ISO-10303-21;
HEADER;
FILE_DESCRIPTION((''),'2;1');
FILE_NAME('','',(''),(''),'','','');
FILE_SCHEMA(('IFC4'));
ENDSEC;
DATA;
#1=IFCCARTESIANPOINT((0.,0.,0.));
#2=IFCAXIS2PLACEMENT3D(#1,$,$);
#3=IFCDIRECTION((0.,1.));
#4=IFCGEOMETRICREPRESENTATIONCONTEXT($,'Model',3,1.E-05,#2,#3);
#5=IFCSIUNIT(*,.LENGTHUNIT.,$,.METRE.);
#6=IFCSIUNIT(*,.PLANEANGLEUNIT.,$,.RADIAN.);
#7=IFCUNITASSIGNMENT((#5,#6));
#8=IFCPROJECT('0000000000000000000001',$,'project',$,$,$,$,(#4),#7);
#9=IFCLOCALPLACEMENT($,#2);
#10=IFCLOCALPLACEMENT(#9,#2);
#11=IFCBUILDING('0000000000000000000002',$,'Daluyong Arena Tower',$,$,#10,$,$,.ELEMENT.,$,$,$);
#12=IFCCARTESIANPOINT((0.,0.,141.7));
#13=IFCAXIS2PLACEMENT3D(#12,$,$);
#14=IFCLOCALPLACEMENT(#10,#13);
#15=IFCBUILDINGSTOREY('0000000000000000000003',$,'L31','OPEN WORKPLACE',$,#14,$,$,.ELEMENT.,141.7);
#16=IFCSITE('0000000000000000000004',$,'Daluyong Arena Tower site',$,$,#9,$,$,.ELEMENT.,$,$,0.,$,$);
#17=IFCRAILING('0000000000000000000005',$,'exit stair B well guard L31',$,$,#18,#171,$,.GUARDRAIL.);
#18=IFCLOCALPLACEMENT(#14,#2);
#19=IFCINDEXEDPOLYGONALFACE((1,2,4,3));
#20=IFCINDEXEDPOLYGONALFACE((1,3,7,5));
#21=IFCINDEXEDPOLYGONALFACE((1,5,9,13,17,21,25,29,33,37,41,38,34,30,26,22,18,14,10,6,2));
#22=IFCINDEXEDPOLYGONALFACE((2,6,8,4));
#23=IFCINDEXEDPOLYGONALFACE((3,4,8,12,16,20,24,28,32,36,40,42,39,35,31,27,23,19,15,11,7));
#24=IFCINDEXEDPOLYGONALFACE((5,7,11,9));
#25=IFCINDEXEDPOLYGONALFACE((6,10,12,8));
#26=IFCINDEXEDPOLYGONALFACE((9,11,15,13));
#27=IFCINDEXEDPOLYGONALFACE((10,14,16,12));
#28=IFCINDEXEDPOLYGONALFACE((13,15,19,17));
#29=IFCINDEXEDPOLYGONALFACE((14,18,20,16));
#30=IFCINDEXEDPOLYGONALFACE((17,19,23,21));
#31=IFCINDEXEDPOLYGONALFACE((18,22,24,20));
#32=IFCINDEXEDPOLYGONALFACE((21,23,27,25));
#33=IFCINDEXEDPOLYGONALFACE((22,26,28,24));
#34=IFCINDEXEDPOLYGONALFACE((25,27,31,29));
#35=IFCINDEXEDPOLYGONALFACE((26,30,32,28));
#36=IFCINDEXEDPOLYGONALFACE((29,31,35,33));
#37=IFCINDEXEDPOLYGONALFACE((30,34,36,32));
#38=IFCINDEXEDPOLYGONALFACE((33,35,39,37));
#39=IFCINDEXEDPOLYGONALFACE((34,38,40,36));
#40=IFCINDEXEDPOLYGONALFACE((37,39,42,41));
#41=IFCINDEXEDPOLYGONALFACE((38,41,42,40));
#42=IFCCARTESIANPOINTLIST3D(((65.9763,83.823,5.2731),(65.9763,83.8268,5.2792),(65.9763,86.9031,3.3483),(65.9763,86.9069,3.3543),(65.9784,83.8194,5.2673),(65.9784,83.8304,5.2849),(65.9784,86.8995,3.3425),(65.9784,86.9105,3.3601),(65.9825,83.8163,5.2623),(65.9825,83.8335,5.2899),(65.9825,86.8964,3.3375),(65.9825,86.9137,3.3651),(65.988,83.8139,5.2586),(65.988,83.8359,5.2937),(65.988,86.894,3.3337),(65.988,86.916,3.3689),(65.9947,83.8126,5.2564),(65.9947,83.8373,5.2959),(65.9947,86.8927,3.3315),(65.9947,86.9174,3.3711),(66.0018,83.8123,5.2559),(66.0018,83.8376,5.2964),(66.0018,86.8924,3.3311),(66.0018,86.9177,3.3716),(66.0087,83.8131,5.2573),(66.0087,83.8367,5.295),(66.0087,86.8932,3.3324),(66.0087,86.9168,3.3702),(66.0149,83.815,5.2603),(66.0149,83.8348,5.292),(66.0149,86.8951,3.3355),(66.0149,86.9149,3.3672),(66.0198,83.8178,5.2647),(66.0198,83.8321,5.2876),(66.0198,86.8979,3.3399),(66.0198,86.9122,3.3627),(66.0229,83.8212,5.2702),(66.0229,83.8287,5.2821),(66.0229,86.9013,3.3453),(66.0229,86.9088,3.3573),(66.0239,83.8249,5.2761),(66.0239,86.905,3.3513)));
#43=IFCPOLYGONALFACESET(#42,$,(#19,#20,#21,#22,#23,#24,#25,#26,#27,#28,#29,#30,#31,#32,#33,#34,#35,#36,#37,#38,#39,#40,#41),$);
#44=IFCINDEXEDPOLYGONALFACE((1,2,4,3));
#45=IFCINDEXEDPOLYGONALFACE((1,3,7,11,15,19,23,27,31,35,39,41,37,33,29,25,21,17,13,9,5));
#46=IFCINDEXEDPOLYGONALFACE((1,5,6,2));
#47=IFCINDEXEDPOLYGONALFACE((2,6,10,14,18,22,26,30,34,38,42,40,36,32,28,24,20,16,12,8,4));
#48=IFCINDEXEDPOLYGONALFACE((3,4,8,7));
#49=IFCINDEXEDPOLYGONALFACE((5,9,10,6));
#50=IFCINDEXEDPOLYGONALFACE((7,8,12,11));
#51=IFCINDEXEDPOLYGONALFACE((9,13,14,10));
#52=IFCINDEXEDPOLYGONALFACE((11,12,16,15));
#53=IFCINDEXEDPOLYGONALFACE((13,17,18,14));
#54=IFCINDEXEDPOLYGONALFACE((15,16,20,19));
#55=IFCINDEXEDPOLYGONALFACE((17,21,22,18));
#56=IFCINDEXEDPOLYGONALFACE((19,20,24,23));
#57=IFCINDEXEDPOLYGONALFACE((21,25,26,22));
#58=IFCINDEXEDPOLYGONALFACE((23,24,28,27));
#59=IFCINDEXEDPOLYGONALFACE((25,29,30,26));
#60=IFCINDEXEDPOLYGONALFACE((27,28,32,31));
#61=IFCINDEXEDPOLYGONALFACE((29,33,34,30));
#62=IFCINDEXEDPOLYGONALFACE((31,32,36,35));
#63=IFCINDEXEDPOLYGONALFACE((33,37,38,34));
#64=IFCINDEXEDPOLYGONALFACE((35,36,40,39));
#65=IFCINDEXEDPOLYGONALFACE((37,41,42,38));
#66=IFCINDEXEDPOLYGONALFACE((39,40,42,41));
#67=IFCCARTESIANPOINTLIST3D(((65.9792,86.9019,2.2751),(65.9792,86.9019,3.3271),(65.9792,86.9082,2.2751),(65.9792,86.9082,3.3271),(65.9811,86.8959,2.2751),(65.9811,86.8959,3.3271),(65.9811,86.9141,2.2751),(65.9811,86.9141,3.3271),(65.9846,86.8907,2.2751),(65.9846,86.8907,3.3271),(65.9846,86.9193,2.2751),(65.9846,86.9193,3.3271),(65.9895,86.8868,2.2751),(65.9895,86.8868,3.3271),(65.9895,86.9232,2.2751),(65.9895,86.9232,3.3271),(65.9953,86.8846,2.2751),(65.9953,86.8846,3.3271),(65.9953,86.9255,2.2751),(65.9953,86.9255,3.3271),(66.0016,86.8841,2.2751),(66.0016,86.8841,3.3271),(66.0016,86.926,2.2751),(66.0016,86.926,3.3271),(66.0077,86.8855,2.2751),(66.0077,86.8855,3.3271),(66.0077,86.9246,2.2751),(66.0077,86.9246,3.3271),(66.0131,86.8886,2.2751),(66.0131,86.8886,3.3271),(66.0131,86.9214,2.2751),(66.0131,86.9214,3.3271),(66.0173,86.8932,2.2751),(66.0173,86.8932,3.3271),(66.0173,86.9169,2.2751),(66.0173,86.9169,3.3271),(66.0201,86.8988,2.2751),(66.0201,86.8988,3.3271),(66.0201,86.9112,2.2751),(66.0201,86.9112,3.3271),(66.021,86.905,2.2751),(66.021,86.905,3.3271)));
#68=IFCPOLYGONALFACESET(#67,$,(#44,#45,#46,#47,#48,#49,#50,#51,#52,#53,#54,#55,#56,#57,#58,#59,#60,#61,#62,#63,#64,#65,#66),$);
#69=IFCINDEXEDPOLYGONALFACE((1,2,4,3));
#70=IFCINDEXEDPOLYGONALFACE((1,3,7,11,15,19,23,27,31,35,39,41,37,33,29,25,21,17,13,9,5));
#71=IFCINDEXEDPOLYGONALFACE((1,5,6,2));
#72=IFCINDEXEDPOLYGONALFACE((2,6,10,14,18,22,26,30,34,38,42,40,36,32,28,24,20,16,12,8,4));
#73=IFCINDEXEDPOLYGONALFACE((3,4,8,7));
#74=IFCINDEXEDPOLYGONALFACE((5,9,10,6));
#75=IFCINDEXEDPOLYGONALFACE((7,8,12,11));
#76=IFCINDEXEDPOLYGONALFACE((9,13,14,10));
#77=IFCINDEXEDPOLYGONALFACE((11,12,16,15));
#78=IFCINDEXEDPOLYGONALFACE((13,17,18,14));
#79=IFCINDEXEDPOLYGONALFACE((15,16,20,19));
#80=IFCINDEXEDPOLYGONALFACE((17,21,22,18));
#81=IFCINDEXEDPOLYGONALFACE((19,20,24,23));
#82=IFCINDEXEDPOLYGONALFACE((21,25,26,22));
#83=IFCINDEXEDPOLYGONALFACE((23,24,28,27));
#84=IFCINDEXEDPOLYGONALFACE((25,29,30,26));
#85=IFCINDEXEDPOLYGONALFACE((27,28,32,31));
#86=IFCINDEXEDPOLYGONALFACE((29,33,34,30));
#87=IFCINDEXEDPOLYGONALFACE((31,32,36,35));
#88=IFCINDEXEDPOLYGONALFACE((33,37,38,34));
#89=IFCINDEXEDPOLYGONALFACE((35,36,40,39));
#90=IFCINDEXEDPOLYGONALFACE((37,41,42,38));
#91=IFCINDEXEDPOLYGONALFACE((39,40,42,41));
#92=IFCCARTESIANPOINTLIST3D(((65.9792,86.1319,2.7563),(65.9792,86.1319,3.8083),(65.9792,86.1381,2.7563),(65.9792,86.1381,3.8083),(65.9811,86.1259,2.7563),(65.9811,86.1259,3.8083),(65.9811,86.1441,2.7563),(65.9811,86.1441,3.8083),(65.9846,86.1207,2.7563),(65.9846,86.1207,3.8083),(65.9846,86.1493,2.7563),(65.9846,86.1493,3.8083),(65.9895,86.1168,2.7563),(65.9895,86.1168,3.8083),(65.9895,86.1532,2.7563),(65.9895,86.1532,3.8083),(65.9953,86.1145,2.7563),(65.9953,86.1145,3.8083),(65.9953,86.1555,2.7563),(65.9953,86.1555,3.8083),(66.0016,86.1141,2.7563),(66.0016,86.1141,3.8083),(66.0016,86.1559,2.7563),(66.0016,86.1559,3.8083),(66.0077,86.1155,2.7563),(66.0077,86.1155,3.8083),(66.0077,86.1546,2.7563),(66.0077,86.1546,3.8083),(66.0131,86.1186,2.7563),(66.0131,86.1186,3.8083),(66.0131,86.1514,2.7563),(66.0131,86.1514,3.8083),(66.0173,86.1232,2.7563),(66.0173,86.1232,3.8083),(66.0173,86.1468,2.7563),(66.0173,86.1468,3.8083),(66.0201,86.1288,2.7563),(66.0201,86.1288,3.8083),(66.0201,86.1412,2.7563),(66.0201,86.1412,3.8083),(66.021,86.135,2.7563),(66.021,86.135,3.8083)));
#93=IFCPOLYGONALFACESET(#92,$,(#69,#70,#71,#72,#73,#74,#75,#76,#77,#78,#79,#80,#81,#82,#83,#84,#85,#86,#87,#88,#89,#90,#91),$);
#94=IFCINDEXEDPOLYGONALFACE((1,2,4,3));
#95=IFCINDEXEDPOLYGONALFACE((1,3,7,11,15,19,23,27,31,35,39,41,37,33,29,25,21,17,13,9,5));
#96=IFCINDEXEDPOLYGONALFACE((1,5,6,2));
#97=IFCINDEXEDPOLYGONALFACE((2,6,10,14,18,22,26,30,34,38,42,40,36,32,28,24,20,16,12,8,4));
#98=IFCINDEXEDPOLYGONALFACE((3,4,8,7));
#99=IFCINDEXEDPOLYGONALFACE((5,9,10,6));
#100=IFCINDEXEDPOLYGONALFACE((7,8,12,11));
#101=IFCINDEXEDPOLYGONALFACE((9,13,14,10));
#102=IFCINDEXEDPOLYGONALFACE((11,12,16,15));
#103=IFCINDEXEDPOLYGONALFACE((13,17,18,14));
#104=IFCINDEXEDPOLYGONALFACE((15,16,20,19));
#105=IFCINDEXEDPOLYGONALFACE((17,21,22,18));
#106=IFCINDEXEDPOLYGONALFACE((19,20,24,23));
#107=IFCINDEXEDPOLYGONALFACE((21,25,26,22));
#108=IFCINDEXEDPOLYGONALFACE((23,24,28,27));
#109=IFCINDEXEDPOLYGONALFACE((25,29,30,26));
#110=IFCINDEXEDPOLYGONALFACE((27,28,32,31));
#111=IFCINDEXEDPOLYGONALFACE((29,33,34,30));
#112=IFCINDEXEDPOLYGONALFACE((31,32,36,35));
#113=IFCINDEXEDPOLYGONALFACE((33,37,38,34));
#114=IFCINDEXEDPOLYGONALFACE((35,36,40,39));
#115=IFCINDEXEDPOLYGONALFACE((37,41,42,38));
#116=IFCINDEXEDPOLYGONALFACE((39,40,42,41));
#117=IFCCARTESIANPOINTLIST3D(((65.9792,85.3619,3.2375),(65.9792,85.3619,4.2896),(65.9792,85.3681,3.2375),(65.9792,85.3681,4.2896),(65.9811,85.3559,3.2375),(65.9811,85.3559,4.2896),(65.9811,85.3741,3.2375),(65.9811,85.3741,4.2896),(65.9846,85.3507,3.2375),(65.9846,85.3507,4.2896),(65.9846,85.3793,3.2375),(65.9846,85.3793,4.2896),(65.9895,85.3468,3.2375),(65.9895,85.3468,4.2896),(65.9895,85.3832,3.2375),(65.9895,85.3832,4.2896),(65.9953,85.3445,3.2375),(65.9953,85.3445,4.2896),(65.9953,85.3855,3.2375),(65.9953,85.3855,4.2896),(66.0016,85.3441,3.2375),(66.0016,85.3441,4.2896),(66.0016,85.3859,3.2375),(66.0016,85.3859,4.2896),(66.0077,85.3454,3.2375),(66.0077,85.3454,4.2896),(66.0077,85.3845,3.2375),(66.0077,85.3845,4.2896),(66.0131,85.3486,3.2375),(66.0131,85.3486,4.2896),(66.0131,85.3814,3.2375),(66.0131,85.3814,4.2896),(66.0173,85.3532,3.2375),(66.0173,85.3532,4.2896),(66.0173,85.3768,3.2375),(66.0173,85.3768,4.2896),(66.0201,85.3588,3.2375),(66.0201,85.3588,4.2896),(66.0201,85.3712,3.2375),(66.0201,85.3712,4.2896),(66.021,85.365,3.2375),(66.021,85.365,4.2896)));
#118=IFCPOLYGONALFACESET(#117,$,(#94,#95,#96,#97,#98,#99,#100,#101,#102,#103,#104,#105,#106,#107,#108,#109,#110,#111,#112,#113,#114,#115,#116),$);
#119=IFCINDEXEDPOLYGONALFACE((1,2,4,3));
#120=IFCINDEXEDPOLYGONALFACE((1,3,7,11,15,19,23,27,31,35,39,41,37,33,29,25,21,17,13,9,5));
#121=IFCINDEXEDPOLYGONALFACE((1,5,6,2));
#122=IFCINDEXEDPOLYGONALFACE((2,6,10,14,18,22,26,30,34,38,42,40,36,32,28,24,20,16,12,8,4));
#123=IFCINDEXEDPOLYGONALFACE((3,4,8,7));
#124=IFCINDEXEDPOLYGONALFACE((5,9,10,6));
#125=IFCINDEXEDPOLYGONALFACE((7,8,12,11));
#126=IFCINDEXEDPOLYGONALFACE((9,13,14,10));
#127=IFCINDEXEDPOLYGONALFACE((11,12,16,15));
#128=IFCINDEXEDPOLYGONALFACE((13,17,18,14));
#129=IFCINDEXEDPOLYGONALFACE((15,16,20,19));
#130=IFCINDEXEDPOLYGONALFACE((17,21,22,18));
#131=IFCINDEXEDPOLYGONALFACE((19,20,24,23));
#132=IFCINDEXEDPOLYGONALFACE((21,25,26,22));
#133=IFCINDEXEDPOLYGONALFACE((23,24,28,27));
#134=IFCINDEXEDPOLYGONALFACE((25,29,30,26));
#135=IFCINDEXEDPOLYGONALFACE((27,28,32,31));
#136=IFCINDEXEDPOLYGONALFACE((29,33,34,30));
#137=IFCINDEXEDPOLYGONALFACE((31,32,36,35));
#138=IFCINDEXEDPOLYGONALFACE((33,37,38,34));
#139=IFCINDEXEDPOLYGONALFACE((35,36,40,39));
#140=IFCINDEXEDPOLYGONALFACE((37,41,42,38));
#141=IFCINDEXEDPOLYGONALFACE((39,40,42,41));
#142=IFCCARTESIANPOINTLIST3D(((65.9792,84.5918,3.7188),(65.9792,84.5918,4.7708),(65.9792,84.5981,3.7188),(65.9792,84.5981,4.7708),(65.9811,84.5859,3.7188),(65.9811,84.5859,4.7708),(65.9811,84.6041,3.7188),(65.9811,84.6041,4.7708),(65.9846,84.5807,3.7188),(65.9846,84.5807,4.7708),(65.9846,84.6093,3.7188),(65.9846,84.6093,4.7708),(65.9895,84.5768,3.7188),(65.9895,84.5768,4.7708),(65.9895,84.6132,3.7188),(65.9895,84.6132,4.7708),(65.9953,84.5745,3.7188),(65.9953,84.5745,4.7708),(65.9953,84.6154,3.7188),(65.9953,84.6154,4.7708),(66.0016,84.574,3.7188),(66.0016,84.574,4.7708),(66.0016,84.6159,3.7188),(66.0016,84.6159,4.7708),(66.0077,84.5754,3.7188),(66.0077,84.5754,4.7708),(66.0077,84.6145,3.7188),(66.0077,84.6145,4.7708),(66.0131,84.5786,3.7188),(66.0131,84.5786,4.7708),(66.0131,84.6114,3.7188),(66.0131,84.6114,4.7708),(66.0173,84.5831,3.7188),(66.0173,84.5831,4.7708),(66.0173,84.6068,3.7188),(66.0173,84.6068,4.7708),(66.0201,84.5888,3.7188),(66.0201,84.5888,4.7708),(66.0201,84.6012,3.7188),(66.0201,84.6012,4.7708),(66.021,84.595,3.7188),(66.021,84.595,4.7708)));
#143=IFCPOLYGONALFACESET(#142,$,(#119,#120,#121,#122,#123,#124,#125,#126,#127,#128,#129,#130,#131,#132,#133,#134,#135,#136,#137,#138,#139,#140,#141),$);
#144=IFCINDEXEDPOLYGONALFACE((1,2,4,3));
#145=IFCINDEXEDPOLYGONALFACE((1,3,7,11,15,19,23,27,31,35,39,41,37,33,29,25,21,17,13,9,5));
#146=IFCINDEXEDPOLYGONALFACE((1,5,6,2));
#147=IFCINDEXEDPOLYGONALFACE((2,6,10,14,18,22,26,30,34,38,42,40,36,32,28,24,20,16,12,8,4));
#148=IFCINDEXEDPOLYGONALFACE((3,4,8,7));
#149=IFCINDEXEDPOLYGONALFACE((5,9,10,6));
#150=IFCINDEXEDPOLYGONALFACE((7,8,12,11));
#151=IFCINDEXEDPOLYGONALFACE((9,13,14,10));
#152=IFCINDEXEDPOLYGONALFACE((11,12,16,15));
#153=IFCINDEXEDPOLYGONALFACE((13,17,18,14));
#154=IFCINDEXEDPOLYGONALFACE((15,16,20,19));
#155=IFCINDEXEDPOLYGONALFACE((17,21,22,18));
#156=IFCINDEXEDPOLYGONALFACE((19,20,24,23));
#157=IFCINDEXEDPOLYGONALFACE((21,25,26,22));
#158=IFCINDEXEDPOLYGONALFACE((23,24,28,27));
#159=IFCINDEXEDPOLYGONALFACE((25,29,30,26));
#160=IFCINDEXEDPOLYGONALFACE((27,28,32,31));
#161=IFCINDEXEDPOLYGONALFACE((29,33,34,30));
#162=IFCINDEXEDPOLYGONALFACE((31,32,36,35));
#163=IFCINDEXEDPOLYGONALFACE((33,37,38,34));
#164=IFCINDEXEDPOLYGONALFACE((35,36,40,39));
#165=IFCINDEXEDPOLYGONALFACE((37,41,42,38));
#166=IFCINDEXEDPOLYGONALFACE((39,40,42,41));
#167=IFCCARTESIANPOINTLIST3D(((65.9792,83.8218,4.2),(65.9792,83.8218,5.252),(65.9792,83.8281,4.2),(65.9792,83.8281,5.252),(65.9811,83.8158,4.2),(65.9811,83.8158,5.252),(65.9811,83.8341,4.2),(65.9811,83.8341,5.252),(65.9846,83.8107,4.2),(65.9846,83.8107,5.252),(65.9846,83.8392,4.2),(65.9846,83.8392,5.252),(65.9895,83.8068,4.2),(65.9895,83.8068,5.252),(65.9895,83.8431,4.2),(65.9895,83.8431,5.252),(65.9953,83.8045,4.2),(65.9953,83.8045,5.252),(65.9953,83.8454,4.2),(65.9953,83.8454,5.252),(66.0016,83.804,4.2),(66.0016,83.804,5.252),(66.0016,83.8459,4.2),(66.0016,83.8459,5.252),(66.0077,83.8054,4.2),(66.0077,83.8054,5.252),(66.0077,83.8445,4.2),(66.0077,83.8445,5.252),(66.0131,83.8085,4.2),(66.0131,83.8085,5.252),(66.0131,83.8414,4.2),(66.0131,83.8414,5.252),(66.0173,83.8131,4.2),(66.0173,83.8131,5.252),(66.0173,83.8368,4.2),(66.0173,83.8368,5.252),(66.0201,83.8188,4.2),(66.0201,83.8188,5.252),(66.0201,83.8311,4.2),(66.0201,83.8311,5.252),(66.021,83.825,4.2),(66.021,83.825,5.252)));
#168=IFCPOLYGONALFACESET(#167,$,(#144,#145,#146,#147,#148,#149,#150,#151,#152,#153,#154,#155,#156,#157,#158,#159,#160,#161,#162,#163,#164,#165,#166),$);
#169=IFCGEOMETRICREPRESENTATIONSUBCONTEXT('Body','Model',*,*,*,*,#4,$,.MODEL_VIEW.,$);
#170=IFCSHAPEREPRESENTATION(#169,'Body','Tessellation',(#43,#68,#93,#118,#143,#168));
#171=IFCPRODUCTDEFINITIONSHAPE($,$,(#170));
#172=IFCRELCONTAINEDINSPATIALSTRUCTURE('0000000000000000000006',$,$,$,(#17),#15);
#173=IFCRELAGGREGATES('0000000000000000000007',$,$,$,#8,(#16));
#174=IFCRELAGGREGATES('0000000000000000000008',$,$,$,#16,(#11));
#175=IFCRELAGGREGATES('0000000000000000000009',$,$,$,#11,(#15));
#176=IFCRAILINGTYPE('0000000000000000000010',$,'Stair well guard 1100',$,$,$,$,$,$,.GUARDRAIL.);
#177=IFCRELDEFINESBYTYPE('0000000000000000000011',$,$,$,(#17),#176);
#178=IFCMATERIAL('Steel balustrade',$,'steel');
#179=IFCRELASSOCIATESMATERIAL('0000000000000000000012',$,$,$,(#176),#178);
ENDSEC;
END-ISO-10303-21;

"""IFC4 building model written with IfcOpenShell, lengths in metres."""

from ifc_helpers import new_model, si_unit, direction, frame, origin, origin_2d, place, context, subcontext, project, spatial, circle, extrude, material, type_object, element, save


model = new_model("IFC4")

# Units and contexts
model_context = context("Model", 3, precision=1e-05, world=origin(), true_north=direction((0.0, 1.0)))
body_context = subcontext(model_context, "Body", "Model", "MODEL_VIEW")
ifc_project = project(units=[si_unit("LENGTHUNIT", "METRE"), si_unit("PLANEANGLEUNIT", "RADIAN")], contexts=[model_context])

# Site, building, storey
site_placement = place(None, origin())
site = spatial("IfcSite", under=ifc_project, at=site_placement, Name="Daluyong Arena Tower site", CompositionType="ELEMENT", RefElevation=0.0)
building_placement = place(site_placement, origin())
building = spatial("IfcBuilding", under=site, at=building_placement, Name="Daluyong Arena Tower", CompositionType="ELEMENT")
storey_placement = place(building_placement, frame((0.0, 0.0, 141.7)))
storey = spatial("IfcBuildingStorey", under=building, at=storey_placement, Name="L31", Description="OPEN WORKPLACE", CompositionType="ELEMENT", Elevation=141.7)

# Railing
ifc_material_1 = material(Name="Steel balustrade", Category="steel")
railing_type_1 = type_object("IfcRailingType", Name="Stair well guard 1100", PredefinedType="GUARDRAIL", material=ifc_material_1)
railing_1_placement = place(storey_placement, frame((66.0, 86.905, 2.2751)))
element("IfcRailing", 1, at=railing_1_placement, inside=storey, type_object=railing_type_1, Name="exit stair B well guard L31", PredefinedType="GUARDRAIL", context=body_context, shape_type="SweptSolid", body=[
    extrude(circle(Radius=0.0239, at=origin_2d()), frame((0.0, 0.0, 1.0762), z_axis=(0.0, -0.848029, 0.529951), x_axis=(1.0, 0.0, 0.0)), (0.0, 0.0, 1.0), 3.6321),
    extrude(circle(Radius=0.021, at=origin_2d()), origin(), (0.0, 0.0, 1.0), 1.052),
    extrude(circle(Radius=0.021, at=origin_2d()), frame((0.0, -0.77, 0.4812)), (0.0, 0.0, 1.0), 1.052),
    extrude(circle(Radius=0.021, at=origin_2d()), frame((0.0, -1.54, 0.9624)), (0.0, 0.0, 1.0), 1.052),
    extrude(circle(Radius=0.021, at=origin_2d()), frame((0.0, -2.3101, 1.4436)), (0.0, 0.0, 1.0), 1.052),
    extrude(circle(Radius=0.021, at=origin_2d()), frame((0.0, -3.0801, 1.9248)), (0.0, 0.0, 1.0), 1.052),
])

save(model, "model.ifc")
